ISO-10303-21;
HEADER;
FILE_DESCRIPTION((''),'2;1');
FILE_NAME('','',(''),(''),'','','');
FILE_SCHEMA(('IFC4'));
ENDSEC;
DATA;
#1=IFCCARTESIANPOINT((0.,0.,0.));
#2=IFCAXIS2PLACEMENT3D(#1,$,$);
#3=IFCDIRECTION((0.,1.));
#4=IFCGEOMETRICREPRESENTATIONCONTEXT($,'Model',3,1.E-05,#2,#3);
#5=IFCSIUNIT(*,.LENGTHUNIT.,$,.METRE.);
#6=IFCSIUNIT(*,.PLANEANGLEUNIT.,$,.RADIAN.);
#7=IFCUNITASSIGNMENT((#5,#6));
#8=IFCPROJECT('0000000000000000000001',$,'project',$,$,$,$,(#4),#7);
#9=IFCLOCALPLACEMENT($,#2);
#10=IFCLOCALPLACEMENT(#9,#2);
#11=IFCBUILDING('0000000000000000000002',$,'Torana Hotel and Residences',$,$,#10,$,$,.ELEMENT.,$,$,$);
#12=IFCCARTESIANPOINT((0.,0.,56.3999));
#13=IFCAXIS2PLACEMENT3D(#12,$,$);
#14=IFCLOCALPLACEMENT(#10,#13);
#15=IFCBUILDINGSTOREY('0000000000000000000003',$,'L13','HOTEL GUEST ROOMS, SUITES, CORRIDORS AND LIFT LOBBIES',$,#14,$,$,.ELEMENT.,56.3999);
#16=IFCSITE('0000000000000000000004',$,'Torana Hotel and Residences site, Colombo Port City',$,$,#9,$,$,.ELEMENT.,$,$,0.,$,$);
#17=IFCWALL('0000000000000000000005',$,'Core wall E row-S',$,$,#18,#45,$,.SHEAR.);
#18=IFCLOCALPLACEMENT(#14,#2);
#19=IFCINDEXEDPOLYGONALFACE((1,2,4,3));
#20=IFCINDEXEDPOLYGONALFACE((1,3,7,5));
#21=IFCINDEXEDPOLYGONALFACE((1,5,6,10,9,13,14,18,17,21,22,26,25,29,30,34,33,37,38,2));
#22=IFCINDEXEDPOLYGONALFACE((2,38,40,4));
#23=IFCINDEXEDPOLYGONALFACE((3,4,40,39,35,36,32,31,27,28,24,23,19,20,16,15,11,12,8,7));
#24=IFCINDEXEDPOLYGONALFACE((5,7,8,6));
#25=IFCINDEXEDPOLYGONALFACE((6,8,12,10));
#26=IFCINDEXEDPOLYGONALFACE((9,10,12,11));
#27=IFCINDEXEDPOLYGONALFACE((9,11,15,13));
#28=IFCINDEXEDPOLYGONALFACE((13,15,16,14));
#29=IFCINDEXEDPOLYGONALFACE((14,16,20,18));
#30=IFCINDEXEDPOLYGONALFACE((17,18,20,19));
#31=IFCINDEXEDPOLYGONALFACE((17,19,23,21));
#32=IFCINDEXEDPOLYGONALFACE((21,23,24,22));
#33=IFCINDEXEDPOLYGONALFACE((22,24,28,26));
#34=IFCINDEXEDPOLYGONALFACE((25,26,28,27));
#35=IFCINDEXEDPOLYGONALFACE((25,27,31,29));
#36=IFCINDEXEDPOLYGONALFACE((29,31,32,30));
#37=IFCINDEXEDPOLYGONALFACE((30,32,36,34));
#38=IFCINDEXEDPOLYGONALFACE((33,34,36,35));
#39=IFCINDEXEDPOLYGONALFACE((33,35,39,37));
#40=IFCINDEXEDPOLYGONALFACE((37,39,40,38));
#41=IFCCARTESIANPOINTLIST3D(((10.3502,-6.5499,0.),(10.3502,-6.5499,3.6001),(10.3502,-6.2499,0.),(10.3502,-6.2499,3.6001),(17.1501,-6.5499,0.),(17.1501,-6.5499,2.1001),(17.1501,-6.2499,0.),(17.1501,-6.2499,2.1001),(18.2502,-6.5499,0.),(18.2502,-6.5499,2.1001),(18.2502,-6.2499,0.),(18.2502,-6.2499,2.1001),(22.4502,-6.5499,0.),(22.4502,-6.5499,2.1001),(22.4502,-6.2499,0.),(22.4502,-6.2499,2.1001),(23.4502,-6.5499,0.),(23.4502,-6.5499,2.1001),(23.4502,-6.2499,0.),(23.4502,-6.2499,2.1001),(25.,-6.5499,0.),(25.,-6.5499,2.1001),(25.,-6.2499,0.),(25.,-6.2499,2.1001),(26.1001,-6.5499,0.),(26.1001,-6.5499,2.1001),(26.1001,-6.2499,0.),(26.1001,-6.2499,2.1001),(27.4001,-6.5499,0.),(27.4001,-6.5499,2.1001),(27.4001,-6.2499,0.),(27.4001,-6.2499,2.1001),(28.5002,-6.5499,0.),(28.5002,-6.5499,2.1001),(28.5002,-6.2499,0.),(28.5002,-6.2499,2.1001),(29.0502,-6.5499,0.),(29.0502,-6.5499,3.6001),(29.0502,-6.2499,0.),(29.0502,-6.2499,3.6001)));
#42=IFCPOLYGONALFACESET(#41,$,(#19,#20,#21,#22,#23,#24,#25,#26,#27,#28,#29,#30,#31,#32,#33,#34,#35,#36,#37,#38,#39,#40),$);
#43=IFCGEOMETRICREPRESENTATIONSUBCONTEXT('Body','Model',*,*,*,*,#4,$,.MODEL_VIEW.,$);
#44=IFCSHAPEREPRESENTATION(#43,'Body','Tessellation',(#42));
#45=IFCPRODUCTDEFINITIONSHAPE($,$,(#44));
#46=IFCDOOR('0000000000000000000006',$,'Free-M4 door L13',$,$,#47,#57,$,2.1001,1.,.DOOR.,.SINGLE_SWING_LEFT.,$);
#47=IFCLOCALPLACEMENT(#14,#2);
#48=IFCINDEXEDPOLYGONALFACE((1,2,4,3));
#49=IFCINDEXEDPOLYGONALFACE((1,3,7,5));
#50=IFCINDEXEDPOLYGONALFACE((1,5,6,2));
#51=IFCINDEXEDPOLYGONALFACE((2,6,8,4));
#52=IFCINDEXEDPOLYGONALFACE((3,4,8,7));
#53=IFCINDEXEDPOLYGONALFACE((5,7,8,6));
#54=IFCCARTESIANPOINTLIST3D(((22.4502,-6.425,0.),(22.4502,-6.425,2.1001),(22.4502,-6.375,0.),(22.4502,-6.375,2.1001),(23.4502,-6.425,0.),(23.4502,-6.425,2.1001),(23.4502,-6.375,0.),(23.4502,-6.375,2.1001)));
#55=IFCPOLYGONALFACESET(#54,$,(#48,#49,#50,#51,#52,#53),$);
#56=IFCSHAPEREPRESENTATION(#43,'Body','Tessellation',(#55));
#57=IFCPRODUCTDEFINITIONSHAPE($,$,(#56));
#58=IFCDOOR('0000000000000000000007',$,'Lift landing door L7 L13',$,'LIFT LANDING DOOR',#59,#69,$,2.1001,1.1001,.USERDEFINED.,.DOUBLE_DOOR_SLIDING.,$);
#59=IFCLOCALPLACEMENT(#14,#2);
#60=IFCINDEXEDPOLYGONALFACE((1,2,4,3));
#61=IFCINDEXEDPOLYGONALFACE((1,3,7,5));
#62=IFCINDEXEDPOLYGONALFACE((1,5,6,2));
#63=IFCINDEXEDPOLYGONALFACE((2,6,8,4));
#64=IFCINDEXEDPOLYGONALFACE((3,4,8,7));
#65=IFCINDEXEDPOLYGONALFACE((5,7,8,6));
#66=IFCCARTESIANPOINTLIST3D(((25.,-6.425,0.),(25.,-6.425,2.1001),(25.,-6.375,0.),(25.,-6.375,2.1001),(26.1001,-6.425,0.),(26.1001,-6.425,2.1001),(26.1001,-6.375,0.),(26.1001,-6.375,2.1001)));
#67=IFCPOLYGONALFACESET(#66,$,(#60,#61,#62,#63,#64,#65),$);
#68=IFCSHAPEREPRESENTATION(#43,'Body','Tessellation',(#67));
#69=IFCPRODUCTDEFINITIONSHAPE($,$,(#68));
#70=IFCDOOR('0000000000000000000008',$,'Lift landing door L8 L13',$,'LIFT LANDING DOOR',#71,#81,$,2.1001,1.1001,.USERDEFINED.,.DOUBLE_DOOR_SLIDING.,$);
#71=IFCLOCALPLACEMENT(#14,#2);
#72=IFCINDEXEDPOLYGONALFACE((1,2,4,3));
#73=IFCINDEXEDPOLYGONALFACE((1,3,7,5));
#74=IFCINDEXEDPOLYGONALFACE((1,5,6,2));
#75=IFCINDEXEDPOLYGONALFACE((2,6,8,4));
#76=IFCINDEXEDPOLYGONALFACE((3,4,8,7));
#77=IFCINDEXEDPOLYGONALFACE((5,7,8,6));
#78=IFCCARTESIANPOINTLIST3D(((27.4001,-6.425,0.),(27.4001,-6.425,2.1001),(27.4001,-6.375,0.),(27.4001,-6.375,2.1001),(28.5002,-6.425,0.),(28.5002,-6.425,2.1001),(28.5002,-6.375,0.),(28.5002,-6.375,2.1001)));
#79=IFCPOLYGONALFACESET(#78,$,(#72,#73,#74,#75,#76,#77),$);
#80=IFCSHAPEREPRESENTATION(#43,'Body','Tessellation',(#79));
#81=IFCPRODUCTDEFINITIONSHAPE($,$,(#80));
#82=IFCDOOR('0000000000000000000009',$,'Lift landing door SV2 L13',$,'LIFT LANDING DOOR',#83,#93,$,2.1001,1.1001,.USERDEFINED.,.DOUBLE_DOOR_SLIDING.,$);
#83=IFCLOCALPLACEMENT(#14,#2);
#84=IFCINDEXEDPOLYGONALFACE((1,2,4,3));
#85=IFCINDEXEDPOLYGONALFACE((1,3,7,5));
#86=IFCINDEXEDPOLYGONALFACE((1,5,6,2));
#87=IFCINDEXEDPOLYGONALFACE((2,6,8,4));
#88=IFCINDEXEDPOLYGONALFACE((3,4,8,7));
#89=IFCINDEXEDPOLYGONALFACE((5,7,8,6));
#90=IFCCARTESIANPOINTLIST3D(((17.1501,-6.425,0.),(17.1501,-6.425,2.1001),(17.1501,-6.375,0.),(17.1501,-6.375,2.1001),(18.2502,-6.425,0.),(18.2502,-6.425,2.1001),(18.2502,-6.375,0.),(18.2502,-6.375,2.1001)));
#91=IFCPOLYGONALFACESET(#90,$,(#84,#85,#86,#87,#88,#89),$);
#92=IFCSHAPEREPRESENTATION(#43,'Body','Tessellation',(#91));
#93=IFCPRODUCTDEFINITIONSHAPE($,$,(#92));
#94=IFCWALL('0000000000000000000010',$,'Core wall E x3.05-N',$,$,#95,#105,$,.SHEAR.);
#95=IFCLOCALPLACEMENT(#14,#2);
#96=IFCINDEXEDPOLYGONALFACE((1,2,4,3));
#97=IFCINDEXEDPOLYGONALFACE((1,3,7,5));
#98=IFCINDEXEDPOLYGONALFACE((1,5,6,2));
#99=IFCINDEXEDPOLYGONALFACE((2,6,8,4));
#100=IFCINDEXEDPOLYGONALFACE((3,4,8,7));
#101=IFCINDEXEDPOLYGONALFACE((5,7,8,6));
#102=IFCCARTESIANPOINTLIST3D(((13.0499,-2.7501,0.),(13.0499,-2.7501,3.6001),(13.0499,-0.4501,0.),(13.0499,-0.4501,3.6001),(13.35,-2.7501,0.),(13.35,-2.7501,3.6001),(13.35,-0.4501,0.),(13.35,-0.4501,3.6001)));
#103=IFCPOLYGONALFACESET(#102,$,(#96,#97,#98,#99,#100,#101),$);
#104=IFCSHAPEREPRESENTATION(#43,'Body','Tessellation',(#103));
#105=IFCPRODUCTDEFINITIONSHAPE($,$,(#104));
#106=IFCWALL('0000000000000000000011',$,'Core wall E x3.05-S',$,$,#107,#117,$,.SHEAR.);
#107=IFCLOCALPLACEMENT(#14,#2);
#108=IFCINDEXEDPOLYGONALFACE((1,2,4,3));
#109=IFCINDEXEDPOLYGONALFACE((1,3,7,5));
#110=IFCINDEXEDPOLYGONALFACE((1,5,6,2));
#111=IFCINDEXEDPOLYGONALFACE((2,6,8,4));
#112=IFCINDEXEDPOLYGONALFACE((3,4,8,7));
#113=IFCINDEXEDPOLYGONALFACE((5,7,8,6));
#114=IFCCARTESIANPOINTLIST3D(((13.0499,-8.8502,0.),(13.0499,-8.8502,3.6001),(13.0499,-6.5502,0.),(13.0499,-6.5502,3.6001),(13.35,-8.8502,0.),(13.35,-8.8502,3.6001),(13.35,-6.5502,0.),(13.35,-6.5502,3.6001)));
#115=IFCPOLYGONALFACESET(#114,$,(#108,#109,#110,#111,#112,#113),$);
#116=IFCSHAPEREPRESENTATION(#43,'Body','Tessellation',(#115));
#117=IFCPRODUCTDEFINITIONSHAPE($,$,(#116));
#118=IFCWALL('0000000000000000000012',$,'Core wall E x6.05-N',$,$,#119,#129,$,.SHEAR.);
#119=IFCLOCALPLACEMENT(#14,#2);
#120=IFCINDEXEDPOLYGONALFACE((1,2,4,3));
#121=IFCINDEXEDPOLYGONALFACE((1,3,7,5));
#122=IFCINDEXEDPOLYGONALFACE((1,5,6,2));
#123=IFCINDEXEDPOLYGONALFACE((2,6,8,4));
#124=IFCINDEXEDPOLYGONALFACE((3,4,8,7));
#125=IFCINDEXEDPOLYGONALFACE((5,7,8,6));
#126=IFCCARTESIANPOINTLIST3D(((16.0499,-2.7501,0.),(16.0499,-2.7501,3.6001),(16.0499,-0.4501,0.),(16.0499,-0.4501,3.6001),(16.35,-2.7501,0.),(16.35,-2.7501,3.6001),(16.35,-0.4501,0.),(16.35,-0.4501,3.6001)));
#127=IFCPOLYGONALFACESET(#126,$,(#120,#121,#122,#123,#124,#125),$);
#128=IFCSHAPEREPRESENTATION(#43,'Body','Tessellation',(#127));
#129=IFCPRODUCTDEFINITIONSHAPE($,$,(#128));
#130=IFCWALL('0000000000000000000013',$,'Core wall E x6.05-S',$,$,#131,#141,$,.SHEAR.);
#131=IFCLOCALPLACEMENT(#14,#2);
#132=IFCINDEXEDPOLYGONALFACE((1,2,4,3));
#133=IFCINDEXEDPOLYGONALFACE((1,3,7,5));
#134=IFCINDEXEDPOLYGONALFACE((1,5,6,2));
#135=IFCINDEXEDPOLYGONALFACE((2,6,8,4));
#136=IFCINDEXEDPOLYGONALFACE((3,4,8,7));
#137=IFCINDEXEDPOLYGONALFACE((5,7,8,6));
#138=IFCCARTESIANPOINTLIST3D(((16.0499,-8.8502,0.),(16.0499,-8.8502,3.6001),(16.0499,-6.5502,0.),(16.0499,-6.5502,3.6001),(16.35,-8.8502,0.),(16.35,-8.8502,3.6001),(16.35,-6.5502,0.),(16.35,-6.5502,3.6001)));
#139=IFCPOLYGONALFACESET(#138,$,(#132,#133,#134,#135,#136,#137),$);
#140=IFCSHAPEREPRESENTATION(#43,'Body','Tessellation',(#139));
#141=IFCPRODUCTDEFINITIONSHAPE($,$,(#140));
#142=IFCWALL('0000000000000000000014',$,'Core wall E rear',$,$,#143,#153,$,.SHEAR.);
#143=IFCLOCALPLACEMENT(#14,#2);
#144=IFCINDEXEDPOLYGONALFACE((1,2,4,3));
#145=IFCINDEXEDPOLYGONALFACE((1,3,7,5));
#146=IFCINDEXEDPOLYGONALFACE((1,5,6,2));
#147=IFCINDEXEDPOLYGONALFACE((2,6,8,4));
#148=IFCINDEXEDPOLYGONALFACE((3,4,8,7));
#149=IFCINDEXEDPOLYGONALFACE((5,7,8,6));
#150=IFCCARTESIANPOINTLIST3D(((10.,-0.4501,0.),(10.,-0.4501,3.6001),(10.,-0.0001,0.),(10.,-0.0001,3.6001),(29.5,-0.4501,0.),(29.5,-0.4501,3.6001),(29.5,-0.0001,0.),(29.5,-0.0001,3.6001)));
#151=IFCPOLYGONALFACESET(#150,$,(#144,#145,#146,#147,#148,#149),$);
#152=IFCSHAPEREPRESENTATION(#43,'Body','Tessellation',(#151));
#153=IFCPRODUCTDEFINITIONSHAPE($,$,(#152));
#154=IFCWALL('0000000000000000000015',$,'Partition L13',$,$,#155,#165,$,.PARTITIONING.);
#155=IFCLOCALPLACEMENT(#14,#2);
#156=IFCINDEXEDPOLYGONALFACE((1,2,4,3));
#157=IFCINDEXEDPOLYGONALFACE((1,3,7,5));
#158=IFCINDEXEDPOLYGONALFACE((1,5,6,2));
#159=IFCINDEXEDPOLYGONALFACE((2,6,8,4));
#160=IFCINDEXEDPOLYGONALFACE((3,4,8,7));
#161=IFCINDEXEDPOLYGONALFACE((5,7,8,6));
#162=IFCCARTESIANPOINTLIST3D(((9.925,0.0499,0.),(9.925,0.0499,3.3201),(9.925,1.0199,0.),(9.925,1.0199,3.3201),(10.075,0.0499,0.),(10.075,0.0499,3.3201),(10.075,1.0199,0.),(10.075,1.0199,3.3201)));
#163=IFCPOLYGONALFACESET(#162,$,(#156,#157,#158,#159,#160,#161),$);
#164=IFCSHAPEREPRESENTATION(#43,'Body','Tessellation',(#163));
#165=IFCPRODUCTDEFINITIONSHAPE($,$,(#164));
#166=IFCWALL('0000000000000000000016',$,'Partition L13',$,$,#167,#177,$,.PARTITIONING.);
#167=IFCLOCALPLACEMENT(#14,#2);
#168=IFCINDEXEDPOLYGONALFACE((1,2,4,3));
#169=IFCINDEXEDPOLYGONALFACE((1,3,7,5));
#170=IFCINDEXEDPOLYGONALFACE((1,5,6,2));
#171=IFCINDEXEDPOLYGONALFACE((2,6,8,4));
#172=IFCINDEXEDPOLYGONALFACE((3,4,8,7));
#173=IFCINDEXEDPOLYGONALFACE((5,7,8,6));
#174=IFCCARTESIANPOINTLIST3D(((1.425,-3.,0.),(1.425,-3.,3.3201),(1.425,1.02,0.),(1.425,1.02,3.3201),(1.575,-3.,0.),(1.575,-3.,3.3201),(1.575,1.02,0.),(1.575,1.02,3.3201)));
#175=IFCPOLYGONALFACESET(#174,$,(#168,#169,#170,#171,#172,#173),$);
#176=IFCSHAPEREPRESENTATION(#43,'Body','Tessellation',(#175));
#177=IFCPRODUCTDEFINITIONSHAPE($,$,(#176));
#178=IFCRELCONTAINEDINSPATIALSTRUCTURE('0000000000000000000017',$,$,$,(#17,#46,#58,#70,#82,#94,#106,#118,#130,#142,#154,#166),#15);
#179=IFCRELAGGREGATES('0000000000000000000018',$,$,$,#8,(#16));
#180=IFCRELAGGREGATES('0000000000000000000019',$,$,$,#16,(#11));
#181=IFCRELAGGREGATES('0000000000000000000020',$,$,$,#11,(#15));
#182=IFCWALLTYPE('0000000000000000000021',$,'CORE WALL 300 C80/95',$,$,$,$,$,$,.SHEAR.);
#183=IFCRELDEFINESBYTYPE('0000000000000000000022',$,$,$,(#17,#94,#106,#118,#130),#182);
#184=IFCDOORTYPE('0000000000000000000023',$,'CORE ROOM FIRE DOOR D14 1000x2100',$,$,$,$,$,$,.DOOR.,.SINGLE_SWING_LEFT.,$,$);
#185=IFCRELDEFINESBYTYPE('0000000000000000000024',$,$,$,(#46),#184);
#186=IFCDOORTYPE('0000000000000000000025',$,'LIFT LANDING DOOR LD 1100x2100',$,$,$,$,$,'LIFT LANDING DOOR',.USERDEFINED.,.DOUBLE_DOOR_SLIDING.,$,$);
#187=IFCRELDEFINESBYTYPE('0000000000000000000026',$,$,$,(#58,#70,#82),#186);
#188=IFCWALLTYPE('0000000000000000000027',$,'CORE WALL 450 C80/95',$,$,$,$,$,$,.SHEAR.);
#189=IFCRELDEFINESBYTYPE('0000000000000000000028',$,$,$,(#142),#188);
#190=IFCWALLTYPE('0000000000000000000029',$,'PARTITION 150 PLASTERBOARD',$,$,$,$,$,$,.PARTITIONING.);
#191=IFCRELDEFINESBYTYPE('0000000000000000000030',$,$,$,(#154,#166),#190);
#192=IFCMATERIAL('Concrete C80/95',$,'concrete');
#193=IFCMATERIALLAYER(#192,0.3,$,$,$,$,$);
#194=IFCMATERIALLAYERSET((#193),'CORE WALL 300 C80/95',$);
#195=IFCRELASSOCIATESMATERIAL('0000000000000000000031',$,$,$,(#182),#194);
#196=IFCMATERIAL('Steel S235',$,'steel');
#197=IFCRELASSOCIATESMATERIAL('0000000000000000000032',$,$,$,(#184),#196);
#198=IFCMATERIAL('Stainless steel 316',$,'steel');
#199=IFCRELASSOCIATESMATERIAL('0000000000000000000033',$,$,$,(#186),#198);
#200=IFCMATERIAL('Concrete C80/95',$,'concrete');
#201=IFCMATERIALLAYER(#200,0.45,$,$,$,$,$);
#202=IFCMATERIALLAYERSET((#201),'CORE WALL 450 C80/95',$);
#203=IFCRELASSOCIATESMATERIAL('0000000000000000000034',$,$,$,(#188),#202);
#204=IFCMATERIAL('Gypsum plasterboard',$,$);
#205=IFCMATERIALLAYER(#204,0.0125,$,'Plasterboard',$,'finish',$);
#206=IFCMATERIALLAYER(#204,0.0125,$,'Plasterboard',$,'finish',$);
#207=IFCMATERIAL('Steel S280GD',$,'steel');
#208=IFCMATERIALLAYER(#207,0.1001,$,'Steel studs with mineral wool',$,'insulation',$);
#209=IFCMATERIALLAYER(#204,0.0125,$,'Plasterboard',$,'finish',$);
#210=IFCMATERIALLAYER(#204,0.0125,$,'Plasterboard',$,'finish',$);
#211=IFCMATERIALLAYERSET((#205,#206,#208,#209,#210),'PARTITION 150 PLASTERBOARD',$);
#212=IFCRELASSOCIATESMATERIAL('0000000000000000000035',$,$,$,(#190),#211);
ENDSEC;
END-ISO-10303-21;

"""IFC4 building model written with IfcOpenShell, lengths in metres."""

from ifc_helpers import new_model, si_unit, direction, frame, frame_2d, origin, place, context, subcontext, project, spatial, rectangle, extrude, material, layer, layer_set, type_object, element, fill, save


model = new_model("IFC4")

# Units and contexts
model_context = context("Model", 3, precision=1e-05, world=origin(), true_north=direction((0.0, 1.0)))
body_context = subcontext(model_context, "Body", "Model", "MODEL_VIEW")
ifc_project = project(units=[si_unit("LENGTHUNIT", "METRE"), si_unit("PLANEANGLEUNIT", "RADIAN")], contexts=[model_context])

# Site, building, storey
site_placement = place(None, origin())
site = spatial("IfcSite", under=ifc_project, at=site_placement, Name="Torana Hotel and Residences site, Colombo Port City", CompositionType="ELEMENT", RefElevation=0.0)
building_placement = place(site_placement, origin())
building = spatial("IfcBuilding", under=site, at=building_placement, Name="Torana Hotel and Residences", CompositionType="ELEMENT")
storey_placement = place(building_placement, frame((0.0, 0.0, 56.3999)))
storey = spatial("IfcBuildingStorey", under=building, at=storey_placement, Name="L13", Description="HOTEL GUEST ROOMS, SUITES, CORRIDORS AND LIFT LOBBIES", CompositionType="ELEMENT", Elevation=56.3999)

# Wall, openings, doors
ifc_material_1 = material(Name="Concrete C80/95", Category="concrete")
ifc_layer_1 = layer(ifc_material_1, 0.3)
ifc_layer_set_1 = layer_set([ifc_layer_1], Name="CORE WALL 300 C80/95")
wall_type_1 = type_object("IfcWallType", Name="CORE WALL 300 C80/95", PredefinedType="SHEAR", material=ifc_layer_set_1)
ifc_material_2 = material(Name="Steel S235", Category="steel")
door_type_1 = type_object("IfcDoorType", Name="CORE ROOM FIRE DOOR D14 1000x2100", OperationType="SINGLE_SWING_LEFT", PredefinedType="DOOR", material=ifc_material_2)
ifc_material_3 = material(Name="Stainless steel 316", Category="steel")
door_type_2 = type_object("IfcDoorType", Name="LIFT LANDING DOOR LD 1100x2100", ElementType="LIFT LANDING DOOR", OperationType="DOUBLE_DOOR_SLIDING", PredefinedType="USERDEFINED", material=ifc_material_3)
wall_1_placement = place(storey_placement, frame((10.3501, -6.3999, 0.0), z_axis=(0.0, 0.0, 1.0), x_axis=(1.0, 0.0, 0.0)))
wall_1 = element("IfcWall", 1, at=wall_1_placement, inside=storey, type_object=wall_type_1, Name="Core wall E row-S", PredefinedType="SHEAR", context=body_context, shape_type="SweptSolid", body=[
    extrude(rectangle(XDim=18.7, YDim=0.3, at=frame_2d((9.3501, 0.0))), origin(), (0.0, 0.0, 1.0), 3.6001),
])
opening_1_placement = place(wall_1_placement, frame((14.6499, 0.0, 0.0)))
opening_1 = element("IfcOpeningElement", 2, at=opening_1_placement, cuts=wall_1, PredefinedType="OPENING", context=body_context, shape_type="SweptSolid", body=[
    extrude(rectangle(XDim=1.1001, YDim=2.1001, at=frame_2d((0.55, 1.05))), frame((0.0, 0.1599, 0.0), z_axis=(0.0, -1.0, 0.0), x_axis=(1.0, 0.0, 0.0)), (0.0, 0.0, 1.0), 0.3201),
])
opening_2_placement = place(wall_1_placement, frame((17.05, 0.0, 0.0)))
opening_2 = element("IfcOpeningElement", 3, at=opening_2_placement, cuts=wall_1, PredefinedType="OPENING", context=body_context, shape_type="SweptSolid", body=[
    extrude(rectangle(XDim=1.1001, YDim=2.1001, at=frame_2d((0.55, 1.05))), frame((0.0, 0.1599, 0.0), z_axis=(0.0, -1.0, 0.0), x_axis=(1.0, 0.0, 0.0)), (0.0, 0.0, 1.0), 0.3201),
])
opening_3_placement = place(wall_1_placement, frame((6.8, 0.0, 0.0)))
opening_3 = element("IfcOpeningElement", 4, at=opening_3_placement, cuts=wall_1, PredefinedType="OPENING", context=body_context, shape_type="SweptSolid", body=[
    extrude(rectangle(XDim=1.1001, YDim=2.1001, at=frame_2d((0.55, 1.05))), frame((0.0, 0.1599, 0.0), z_axis=(0.0, -1.0, 0.0), x_axis=(1.0, 0.0, 0.0)), (0.0, 0.0, 1.0), 0.3201),
])
opening_4_placement = place(wall_1_placement, frame((12.1001, 0.0, 0.0)))
opening_4 = element("IfcOpeningElement", 5, at=opening_4_placement, cuts=wall_1, PredefinedType="OPENING", context=body_context, shape_type="SweptSolid", body=[
    extrude(rectangle(XDim=1.0, YDim=2.1001, at=frame_2d((0.5, 1.05))), frame((0.0, 0.1599, 0.0), z_axis=(0.0, -1.0, 0.0), x_axis=(1.0, 0.0, 0.0)), (0.0, 0.0, 1.0), 0.3201),
])
door_1_placement = place(opening_4_placement, frame((0.5, 0.0, 0.0), z_axis=(0.0, 0.0, 1.0), x_axis=(-1.0, 0.0, 0.0)))
door_1 = element("IfcDoor", 6, at=door_1_placement, inside=storey, type_object=door_type_1, Name="Free-M4 door L13", OperationType="SINGLE_SWING_LEFT", OverallHeight=2.1001, OverallWidth=1.0, PredefinedType="DOOR", context=body_context, shape_type="SweptSolid", body=[
    extrude(rectangle(XDim=1.0, YDim=2.1001, at=frame_2d((0.0, 1.05))), frame((0.0, -0.0249, 0.0), z_axis=(0.0, 1.0, 0.0), x_axis=(-1.0, 0.0, 0.0)), (0.0, 0.0, 1.0), 0.05),
])
fill(opening_4, door_1)
door_2_placement = place(opening_1_placement, origin())
door_2 = element("IfcDoor", 7, at=door_2_placement, inside=storey, type_object=door_type_2, Name="Lift landing door L7 L13", ObjectType="LIFT LANDING DOOR", OperationType="DOUBLE_DOOR_SLIDING", OverallHeight=2.1001, OverallWidth=1.1001, PredefinedType="USERDEFINED", context=body_context, shape_type="SweptSolid", body=[
    extrude(rectangle(XDim=1.1001, YDim=2.1001, at=frame_2d((0.55, 1.05))), frame((0.0, 0.0249, 0.0), z_axis=(0.0, -1.0, 0.0), x_axis=(1.0, 0.0, 0.0)), (0.0, 0.0, 1.0), 0.05),
])
fill(opening_1, door_2)
door_3_placement = place(opening_2_placement, origin())
door_3 = element("IfcDoor", 8, at=door_3_placement, inside=storey, type_object=door_type_2, Name="Lift landing door L8 L13", ObjectType="LIFT LANDING DOOR", OperationType="DOUBLE_DOOR_SLIDING", OverallHeight=2.1001, OverallWidth=1.1001, PredefinedType="USERDEFINED", context=body_context, shape_type="SweptSolid", body=[
    extrude(rectangle(XDim=1.1001, YDim=2.1001, at=frame_2d((0.55, 1.05))), frame((0.0, 0.0249, 0.0), z_axis=(0.0, -1.0, 0.0), x_axis=(1.0, 0.0, 0.0)), (0.0, 0.0, 1.0), 0.05),
])
fill(opening_2, door_3)
door_4_placement = place(opening_3_placement, origin())
door_4 = element("IfcDoor", 9, at=door_4_placement, inside=storey, type_object=door_type_2, Name="Lift landing door SV2 L13", ObjectType="LIFT LANDING DOOR", OperationType="DOUBLE_DOOR_SLIDING", OverallHeight=2.1001, OverallWidth=1.1001, PredefinedType="USERDEFINED", context=body_context, shape_type="SweptSolid", body=[
    extrude(rectangle(XDim=1.1001, YDim=2.1001, at=frame_2d((0.55, 1.05))), frame((0.0, 0.0249, 0.0), z_axis=(0.0, -1.0, 0.0), x_axis=(1.0, 0.0, 0.0)), (0.0, 0.0, 1.0), 0.05),
])
fill(opening_3, door_4)

# Walls
for number, where, z_axis, x_axis, name in (
    (10, (13.2, -2.75, 0.0), (0.0, 0.0, 1.0), (0.0, 1.0, 0.0), "Core wall E x3.05-N"),
    (11, (13.2, -8.8501, 0.0), (0.0, 0.0, 1.0), (0.0, 1.0, 0.0), "Core wall E x3.05-S"),
    (12, (16.2, -2.75, 0.0), (0.0, 0.0, 1.0), (0.0, 1.0, 0.0), "Core wall E x6.05-N"),
    (13, (16.2, -8.8501, 0.0), (0.0, 0.0, 1.0), (0.0, 1.0, 0.0), "Core wall E x6.05-S"),
):
    element("IfcWall", number, at=place(storey_placement, frame(where, z_axis=z_axis, x_axis=x_axis)), inside=storey, type_object=wall_type_1, Name=name, PredefinedType="SHEAR", context=body_context, shape_type="SweptSolid", body=[
        extrude(rectangle(XDim=2.3, YDim=0.3, at=frame_2d((1.1499, 0.0))), origin(), (0.0, 0.0, 1.0), 3.6001),
    ])
ifc_material_4 = material(Name="Concrete C80/95", Category="concrete")
ifc_layer_2 = layer(ifc_material_4, 0.45)
ifc_layer_set_2 = layer_set([ifc_layer_2], Name="CORE WALL 450 C80/95")
wall_type_2 = type_object("IfcWallType", Name="CORE WALL 450 C80/95", PredefinedType="SHEAR", material=ifc_layer_set_2)
wall_2_placement = place(storey_placement, frame((10.0, -0.2251, 0.0), z_axis=(0.0, 0.0, 1.0), x_axis=(1.0, 0.0, 0.0)))
element("IfcWall", 14, at=wall_2_placement, inside=storey, type_object=wall_type_2, Name="Core wall E rear", PredefinedType="SHEAR", context=body_context, shape_type="SweptSolid", body=[
    extrude(rectangle(XDim=19.5, YDim=0.45, at=frame_2d((9.75, 0.0))), origin(), (0.0, 0.0, 1.0), 3.6001),
])
ifc_material_5 = material(Name="Gypsum plasterboard")
ifc_layer_3 = layer(ifc_material_5, 0.0125, Name="Plasterboard", Category="finish")
ifc_layer_4 = layer(ifc_material_5, 0.0125, Name="Plasterboard", Category="finish")
ifc_material_6 = material(Name="Steel S280GD", Category="steel")
ifc_layer_5 = layer(ifc_material_6, 0.1001, Name="Steel studs with mineral wool", Category="insulation")
ifc_layer_6 = layer(ifc_material_5, 0.0125, Name="Plasterboard", Category="finish")
ifc_layer_7 = layer(ifc_material_5, 0.0125, Name="Plasterboard", Category="finish")
ifc_layer_set_3 = layer_set([ifc_layer_3, ifc_layer_4, ifc_layer_5, ifc_layer_6, ifc_layer_7], Name="PARTITION 150 PLASTERBOARD")
wall_type_3 = type_object("IfcWallType", Name="PARTITION 150 PLASTERBOARD", PredefinedType="PARTITIONING", material=ifc_layer_set_3)
wall_3_placement = place(storey_placement, frame((10.0, 0.05, 0.0), z_axis=(0.0, 0.0, 1.0), x_axis=(0.0, 1.0, 0.0)))
element("IfcWall", 15, at=wall_3_placement, inside=storey, type_object=wall_type_3, Name="Partition L13", PredefinedType="PARTITIONING", context=body_context, shape_type="SweptSolid", body=[
    extrude(rectangle(XDim=0.97, YDim=0.1499, at=frame_2d((0.4849, 0.0))), origin(), (0.0, 0.0, 1.0), 3.3201),
])
wall_4_placement = place(storey_placement, frame((1.5, -3.0, 0.0), z_axis=(0.0, 0.0, 1.0), x_axis=(0.0, 1.0, 0.0)))
element("IfcWall", 16, at=wall_4_placement, inside=storey, type_object=wall_type_3, Name="Partition L13", PredefinedType="PARTITIONING", context=body_context, shape_type="SweptSolid", body=[
    extrude(rectangle(XDim=4.02, YDim=0.1499, at=frame_2d((2.01, 0.0))), origin(), (0.0, 0.0, 1.0), 3.3201),
])

save(model, "model.ifc")
